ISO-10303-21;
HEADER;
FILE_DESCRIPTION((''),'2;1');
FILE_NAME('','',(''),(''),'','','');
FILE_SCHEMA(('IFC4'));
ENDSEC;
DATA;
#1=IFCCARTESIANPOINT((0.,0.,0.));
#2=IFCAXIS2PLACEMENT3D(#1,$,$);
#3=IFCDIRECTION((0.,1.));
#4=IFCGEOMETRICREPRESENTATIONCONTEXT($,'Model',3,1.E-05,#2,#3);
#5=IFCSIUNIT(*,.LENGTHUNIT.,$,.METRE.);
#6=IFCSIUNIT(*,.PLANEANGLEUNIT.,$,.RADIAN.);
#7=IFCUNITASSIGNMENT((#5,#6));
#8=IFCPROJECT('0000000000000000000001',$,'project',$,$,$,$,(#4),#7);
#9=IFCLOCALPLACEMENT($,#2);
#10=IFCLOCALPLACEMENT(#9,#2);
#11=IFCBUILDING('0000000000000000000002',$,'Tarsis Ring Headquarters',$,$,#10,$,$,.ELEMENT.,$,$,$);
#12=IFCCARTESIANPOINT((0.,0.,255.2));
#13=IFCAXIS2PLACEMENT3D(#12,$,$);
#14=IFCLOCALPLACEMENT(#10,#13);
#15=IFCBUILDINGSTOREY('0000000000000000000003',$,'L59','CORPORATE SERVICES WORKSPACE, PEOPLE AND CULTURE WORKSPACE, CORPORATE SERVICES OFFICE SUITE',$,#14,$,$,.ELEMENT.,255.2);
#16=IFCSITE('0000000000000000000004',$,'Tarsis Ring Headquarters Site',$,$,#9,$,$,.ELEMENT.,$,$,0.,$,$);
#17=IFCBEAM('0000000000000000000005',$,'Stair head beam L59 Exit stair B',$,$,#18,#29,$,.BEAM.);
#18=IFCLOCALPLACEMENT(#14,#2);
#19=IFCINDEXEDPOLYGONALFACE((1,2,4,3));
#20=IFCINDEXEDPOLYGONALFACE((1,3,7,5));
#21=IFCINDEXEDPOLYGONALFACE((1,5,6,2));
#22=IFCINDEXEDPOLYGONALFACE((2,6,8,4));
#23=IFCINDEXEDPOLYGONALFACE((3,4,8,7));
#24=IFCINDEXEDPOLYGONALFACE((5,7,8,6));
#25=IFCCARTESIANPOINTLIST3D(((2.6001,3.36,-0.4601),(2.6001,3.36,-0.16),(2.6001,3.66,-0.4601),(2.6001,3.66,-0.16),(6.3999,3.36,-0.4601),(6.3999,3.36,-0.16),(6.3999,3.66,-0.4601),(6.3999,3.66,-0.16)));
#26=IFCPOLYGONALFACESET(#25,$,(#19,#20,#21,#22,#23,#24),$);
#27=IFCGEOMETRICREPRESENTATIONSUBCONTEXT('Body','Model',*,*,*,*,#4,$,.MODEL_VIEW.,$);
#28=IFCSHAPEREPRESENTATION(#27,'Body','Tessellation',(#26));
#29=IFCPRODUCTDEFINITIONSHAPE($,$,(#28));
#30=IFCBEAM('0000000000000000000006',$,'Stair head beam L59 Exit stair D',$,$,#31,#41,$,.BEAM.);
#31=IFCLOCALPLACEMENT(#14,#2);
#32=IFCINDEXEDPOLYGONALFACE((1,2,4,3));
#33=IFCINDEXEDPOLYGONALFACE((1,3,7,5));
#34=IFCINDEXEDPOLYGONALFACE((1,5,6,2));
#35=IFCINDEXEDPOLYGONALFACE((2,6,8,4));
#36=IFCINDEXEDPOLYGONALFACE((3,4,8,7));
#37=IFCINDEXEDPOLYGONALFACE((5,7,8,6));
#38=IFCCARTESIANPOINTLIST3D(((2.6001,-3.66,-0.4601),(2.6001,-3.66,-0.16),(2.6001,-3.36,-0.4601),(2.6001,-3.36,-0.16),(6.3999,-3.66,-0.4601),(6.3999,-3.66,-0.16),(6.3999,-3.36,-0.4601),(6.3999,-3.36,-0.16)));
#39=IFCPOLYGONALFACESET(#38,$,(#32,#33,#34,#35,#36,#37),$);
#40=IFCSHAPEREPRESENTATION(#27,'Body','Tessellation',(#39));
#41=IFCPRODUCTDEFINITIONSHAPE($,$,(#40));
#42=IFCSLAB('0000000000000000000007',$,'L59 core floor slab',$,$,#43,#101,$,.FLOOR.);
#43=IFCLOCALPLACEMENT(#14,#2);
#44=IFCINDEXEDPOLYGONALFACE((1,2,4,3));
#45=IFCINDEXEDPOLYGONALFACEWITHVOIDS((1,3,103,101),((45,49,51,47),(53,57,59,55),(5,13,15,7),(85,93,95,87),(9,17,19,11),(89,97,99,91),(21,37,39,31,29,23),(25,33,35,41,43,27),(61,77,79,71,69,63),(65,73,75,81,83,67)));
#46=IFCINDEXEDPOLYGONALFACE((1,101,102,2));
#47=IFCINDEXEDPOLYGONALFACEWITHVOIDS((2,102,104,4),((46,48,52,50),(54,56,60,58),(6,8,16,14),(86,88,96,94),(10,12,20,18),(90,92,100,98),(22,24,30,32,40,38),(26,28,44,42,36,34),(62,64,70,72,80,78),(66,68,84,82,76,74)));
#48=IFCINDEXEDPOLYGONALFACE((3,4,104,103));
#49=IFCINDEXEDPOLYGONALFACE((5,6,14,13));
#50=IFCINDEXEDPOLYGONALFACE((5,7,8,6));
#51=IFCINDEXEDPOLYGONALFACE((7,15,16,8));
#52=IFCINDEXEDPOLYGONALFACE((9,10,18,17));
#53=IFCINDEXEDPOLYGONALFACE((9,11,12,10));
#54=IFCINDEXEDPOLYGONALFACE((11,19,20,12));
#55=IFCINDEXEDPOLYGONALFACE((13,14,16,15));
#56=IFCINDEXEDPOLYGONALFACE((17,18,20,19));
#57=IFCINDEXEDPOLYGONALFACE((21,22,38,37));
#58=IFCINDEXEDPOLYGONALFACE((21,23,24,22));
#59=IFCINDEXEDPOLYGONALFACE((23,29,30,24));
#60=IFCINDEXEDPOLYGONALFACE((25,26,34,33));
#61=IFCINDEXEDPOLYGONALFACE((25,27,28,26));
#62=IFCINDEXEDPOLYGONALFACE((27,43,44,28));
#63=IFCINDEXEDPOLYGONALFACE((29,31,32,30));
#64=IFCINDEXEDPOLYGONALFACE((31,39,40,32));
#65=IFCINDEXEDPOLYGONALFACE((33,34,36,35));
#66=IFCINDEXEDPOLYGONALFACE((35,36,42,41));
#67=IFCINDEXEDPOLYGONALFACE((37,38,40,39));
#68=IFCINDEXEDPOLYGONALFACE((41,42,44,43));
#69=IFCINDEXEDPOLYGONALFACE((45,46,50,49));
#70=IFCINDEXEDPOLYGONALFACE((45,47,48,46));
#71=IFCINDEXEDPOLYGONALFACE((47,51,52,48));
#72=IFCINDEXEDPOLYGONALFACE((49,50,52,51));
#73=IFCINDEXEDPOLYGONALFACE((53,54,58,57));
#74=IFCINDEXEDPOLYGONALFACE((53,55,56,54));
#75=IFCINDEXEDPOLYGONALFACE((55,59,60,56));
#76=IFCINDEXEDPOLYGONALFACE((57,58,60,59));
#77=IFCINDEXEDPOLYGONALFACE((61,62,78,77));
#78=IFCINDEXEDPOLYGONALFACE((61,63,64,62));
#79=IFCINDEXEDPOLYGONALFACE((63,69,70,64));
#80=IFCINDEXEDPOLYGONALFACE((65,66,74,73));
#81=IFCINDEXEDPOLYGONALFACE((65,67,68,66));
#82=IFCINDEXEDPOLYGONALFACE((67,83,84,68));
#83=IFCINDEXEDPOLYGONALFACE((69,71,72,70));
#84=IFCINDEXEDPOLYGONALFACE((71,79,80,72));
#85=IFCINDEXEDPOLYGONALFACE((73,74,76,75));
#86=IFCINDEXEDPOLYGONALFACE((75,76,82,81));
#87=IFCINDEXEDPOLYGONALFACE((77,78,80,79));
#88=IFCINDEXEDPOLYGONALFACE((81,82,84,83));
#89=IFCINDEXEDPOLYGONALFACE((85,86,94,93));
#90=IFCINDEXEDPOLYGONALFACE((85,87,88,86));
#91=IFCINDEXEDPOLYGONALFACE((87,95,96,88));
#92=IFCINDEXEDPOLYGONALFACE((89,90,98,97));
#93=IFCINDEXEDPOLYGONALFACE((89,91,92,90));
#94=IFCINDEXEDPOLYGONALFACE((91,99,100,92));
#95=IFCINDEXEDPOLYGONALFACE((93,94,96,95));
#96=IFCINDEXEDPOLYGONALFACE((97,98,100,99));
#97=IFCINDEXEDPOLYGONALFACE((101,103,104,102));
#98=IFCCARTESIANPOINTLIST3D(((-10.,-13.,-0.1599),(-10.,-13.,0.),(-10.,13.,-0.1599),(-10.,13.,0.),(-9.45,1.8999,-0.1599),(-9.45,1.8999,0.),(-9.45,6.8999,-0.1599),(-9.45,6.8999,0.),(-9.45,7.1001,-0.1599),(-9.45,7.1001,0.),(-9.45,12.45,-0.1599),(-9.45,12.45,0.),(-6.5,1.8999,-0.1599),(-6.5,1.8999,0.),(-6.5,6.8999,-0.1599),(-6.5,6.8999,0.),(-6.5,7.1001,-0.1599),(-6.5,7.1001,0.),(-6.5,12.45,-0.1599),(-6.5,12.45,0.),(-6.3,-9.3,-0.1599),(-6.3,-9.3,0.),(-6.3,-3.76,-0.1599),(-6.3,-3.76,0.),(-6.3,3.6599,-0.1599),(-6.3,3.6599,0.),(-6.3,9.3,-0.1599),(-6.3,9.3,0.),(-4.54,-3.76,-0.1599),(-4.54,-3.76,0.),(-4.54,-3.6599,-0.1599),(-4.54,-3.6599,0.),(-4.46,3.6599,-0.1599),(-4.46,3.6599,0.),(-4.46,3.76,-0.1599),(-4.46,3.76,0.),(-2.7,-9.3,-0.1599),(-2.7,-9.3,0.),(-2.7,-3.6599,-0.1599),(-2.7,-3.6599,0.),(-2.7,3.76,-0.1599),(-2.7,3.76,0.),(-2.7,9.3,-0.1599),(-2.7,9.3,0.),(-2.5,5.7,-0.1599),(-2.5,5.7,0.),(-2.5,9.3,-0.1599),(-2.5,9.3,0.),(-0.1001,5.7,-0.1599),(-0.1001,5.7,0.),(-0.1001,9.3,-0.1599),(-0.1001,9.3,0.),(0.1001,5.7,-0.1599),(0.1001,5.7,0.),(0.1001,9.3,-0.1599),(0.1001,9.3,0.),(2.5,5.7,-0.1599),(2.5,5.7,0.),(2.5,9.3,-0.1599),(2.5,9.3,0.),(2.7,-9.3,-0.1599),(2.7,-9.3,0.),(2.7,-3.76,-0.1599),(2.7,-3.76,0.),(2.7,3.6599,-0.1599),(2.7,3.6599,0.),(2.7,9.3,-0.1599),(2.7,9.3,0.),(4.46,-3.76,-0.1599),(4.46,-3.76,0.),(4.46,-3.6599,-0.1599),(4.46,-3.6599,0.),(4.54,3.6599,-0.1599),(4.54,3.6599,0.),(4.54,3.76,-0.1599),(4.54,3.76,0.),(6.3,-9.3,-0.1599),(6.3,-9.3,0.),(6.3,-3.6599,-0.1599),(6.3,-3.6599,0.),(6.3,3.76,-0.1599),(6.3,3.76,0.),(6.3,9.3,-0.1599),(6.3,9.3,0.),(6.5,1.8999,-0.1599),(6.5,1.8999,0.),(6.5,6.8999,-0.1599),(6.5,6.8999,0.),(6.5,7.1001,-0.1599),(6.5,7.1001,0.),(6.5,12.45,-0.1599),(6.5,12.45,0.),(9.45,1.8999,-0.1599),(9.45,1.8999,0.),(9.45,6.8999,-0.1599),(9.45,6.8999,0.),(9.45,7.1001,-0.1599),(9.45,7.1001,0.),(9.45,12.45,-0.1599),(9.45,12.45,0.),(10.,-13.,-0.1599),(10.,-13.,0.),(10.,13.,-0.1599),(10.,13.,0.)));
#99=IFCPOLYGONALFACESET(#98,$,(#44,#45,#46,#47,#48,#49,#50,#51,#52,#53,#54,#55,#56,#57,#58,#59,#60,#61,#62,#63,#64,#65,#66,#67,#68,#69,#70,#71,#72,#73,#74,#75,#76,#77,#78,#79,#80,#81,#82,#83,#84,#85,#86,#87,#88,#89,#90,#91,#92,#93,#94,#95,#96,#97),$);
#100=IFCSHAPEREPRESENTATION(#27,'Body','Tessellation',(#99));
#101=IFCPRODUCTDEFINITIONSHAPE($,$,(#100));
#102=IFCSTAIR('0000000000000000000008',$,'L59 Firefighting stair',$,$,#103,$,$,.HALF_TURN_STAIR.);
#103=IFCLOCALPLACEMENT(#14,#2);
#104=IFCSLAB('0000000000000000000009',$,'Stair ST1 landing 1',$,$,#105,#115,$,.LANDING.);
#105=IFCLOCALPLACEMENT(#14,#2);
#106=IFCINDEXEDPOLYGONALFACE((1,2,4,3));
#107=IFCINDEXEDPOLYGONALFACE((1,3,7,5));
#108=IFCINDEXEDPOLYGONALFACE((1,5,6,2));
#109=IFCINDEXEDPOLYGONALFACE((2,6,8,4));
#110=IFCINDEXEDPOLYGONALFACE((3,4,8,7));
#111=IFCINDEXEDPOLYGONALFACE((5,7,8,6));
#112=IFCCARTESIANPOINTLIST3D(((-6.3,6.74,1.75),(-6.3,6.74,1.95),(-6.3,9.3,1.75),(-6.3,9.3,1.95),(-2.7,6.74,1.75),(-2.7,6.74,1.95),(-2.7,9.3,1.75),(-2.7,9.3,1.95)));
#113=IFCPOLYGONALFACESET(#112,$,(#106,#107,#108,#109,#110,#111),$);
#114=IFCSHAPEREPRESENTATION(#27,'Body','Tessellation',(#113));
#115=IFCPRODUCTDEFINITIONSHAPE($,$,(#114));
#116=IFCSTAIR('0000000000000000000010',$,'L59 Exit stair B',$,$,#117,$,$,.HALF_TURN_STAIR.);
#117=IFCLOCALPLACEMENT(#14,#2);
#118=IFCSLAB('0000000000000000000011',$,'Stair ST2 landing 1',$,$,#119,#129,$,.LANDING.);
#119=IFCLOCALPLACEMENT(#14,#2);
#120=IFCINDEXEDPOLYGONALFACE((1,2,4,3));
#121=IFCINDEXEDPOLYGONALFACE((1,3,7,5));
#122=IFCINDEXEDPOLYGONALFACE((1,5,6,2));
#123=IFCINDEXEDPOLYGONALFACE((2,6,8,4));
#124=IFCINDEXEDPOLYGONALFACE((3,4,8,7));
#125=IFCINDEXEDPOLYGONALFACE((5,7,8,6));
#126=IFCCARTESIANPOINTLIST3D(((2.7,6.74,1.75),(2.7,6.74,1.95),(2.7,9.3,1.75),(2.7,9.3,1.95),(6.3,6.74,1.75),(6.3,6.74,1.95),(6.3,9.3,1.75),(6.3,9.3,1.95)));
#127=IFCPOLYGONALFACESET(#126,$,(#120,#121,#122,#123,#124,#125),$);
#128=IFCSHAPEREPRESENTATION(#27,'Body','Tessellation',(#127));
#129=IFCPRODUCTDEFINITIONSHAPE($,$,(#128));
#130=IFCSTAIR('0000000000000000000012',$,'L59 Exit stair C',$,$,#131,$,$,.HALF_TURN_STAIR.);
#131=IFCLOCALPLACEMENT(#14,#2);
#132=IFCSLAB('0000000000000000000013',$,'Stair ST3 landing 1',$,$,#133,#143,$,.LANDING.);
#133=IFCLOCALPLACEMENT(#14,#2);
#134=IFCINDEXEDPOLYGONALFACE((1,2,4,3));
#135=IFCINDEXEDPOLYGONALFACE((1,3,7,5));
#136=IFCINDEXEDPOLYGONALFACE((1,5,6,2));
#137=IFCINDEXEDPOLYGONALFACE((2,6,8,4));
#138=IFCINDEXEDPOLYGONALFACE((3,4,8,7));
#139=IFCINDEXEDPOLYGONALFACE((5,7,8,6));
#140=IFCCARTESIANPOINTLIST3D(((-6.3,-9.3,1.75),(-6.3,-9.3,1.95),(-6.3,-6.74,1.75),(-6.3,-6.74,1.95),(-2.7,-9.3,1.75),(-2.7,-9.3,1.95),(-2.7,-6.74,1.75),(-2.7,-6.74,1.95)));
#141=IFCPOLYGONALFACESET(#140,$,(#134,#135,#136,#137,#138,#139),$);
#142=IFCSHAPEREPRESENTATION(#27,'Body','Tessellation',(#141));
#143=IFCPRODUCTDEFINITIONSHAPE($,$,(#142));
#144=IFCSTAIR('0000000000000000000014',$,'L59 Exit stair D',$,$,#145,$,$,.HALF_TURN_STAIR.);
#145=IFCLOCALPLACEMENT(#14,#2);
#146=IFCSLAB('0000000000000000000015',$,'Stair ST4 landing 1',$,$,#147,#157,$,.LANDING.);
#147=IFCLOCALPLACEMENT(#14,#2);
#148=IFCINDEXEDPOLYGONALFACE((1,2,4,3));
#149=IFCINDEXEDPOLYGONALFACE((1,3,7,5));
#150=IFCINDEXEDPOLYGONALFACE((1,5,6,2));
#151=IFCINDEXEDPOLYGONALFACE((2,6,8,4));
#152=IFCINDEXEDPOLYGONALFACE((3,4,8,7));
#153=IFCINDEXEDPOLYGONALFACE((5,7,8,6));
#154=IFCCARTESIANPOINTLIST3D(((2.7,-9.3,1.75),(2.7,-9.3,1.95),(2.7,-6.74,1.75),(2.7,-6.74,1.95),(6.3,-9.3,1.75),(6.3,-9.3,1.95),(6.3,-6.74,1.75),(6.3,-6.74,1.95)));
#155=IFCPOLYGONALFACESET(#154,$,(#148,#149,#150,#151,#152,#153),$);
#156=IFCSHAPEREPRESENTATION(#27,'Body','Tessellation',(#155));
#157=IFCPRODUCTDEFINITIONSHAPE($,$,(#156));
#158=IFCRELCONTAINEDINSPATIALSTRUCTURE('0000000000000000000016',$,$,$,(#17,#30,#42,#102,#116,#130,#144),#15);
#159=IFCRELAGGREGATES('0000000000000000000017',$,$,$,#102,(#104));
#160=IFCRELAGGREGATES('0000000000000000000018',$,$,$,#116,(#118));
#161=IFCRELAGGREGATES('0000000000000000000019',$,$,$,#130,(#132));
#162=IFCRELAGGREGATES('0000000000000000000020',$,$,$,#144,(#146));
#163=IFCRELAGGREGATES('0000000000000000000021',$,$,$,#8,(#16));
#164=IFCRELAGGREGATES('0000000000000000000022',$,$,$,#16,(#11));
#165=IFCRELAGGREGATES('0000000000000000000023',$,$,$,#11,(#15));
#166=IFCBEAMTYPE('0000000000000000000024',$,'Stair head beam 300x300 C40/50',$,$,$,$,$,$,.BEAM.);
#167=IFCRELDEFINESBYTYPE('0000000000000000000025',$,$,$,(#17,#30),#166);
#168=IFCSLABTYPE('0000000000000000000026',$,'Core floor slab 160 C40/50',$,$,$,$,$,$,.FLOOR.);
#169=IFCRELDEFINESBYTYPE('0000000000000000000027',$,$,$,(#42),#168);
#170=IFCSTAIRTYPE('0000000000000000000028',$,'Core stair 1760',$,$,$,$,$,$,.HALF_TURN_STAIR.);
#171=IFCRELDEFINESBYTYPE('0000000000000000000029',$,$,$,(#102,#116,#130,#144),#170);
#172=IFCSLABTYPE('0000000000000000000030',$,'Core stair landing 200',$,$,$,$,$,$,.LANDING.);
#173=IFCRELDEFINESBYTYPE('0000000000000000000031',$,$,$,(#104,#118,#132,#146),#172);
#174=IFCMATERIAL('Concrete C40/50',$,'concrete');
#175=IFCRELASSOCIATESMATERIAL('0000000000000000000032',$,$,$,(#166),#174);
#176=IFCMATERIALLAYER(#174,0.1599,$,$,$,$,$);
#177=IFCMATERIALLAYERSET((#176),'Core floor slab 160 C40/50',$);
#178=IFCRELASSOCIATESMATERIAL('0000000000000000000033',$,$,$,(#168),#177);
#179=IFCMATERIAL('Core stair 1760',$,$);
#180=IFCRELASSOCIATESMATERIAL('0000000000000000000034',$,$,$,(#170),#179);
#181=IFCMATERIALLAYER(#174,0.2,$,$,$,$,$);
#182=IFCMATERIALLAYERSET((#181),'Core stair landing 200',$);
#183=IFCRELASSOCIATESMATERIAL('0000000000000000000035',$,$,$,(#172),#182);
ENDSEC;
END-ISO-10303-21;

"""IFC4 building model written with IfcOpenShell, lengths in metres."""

from ifc_helpers import new_model, si_unit, direction, frame, origin, origin_2d, place, context, subcontext, project, spatial, polyline, rectangle, outline, extrude, material, layer, layer_set, material_profile, profile_set, type_object, element, aggregate, save


model = new_model("IFC4")

# Units and contexts
model_context = context("Model", 3, precision=1e-05, world=origin(), true_north=direction((0.0, 1.0)))
body_context = subcontext(model_context, "Body", "Model", "MODEL_VIEW")
ifc_project = project(units=[si_unit("LENGTHUNIT", "METRE"), si_unit("PLANEANGLEUNIT", "RADIAN")], contexts=[model_context])

# Site, building, storey
site_placement = place(None, origin())
site = spatial("IfcSite", under=ifc_project, at=site_placement, Name="Tarsis Ring Headquarters Site", CompositionType="ELEMENT", RefElevation=0.0)
building_placement = place(site_placement, origin())
building = spatial("IfcBuilding", under=site, at=building_placement, Name="Tarsis Ring Headquarters", CompositionType="ELEMENT")
storey_placement = place(building_placement, frame((0.0, 0.0, 255.2)))
storey = spatial("IfcBuildingStorey", under=building, at=storey_placement, Name="L59", Description="CORPORATE SERVICES WORKSPACE, PEOPLE AND CULTURE WORKSPACE, CORPORATE SERVICES OFFICE SUITE", CompositionType="ELEMENT", Elevation=255.2)

# Beams
ifc_material_1 = material(Name="Concrete C40/50", Category="concrete")
ifc_material_profile = material_profile(ifc_material_1, rectangle(XDim=0.3, YDim=0.3, at=origin_2d()), Name="Stair head beam 300x300 C40/50")
ifc_profile_set = profile_set([ifc_material_profile], Name="Concrete C40/50")
beam_type = type_object("IfcBeamType", Name="Stair head beam 300x300 C40/50", PredefinedType="BEAM", material=ifc_profile_set)
for number, where, z_axis, x_axis, name in (
    (1, (2.6001, 3.51, -0.3101), (1.0, 0.0, 0.0), (0.0, 1.0, 0.0), "Stair head beam L59 Exit stair B"),
    (2, (2.6001, -3.51, -0.3101), (1.0, 0.0, 0.0), (0.0, 1.0, 0.0), "Stair head beam L59 Exit stair D"),
):
    element("IfcBeam", number, at=place(storey_placement, frame(where, z_axis=z_axis, x_axis=x_axis)), inside=storey, type_object=beam_type, Name=name, PredefinedType="BEAM", context=body_context, shape_type="SweptSolid", body=[
        extrude(rectangle(XDim=0.3, YDim=0.3, at=origin_2d()), origin(), (0.0, 0.0, 1.0), 3.7998),
    ])

# Slab
ifc_layer_1 = layer(ifc_material_1, 0.1599)
ifc_layer_set_1 = layer_set([ifc_layer_1], Name="Core floor slab 160 C40/50")
slab_type_1 = type_object("IfcSlabType", Name="Core floor slab 160 C40/50", PredefinedType="FLOOR", material=ifc_layer_set_1)
slab_1_placement = place(storey_placement, frame((0.0, 0.0, -0.1599)))
element("IfcSlab", 3, at=slab_1_placement, inside=storey, type_object=slab_type_1, Name="L59 core floor slab", PredefinedType="FLOOR", context=body_context, shape_type="SweptSolid", body=[
    extrude(outline(polyline([(-10.0, -13.0), (10.0, -13.0), (10.0, 13.0), (-10.0, 13.0), (-10.0, -13.0)]), holes=[polyline([(-2.5, 5.7), (-0.1001, 5.7), (-0.1001, 9.3), (-2.5, 9.3), (-2.5, 5.7)]), polyline([(0.1001, 5.7), (2.5, 5.7), (2.5, 9.3), (0.1001, 9.3), (0.1001, 5.7)]), polyline([(-9.45, 1.8999), (-6.5, 1.8999), (-6.5, 6.8999), (-9.45, 6.8999), (-9.45, 1.8999)]), polyline([(-9.45, 7.1001), (-6.5, 7.1001), (-6.5, 12.45), (-9.45, 12.45), (-9.45, 7.1001)]), polyline([(6.5, 1.8999), (9.45, 1.8999), (9.45, 6.8999), (6.5, 6.8999), (6.5, 1.8999)]), polyline([(6.5, 7.1001), (9.45, 7.1001), (9.45, 12.45), (6.5, 12.45), (6.5, 7.1001)]), polyline([(-2.7, 3.76), (-2.7, 9.3), (-6.3, 9.3), (-6.3, 3.6599), (-4.46, 3.6599), (-4.46, 3.76), (-2.7, 3.76)]), polyline([(6.3, 3.76), (6.3, 9.3), (2.7, 9.3), (2.7, 3.6599), (4.54, 3.6599), (4.54, 3.76), (6.3, 3.76)]), polyline([(-6.3, -3.76), (-6.3, -9.3), (-2.7, -9.3), (-2.7, -3.6599), (-4.54, -3.6599), (-4.54, -3.76), (-6.3, -3.76)]), polyline([(2.7, -3.76), (2.7, -9.3), (6.3, -9.3), (6.3, -3.6599), (4.46, -3.6599), (4.46, -3.76), (2.7, -3.76)])]), origin(), (0.0, 0.0, 1.0), 0.1599),
])

# Stairs, slabs
ifc_material_2 = material(Name="Core stair 1760")
stair_type = type_object("IfcStairType", Name="Core stair 1760", PredefinedType="HALF_TURN_STAIR", material=ifc_material_2)
stair_1_placement = place(storey_placement, origin())
stair_1 = element("IfcStair", 4, at=stair_1_placement, inside=storey, type_object=stair_type, Name="L59 Firefighting stair", PredefinedType="HALF_TURN_STAIR")
ifc_layer_2 = layer(ifc_material_1, 0.2)
ifc_layer_set_2 = layer_set([ifc_layer_2], Name="Core stair landing 200")
slab_type_2 = type_object("IfcSlabType", Name="Core stair landing 200", PredefinedType="LANDING", material=ifc_layer_set_2)
slab_2_placement = place(storey_placement, frame((0.0, 0.0, 1.75)))
slab_2 = element("IfcSlab", 5, at=slab_2_placement, type_object=slab_type_2, Name="Stair ST1 landing 1", PredefinedType="LANDING", context=body_context, shape_type="SweptSolid", body=[
    extrude(outline(polyline([(-2.7, 6.74), (-2.7, 9.3), (-6.3, 9.3), (-6.3, 6.74), (-2.7, 6.74)])), origin(), (0.0, 0.0, 1.0), 0.2),
])
aggregate(stair_1, [slab_2])
stair_2_placement = place(storey_placement, origin())
stair_2 = element("IfcStair", 6, at=stair_2_placement, inside=storey, type_object=stair_type, Name="L59 Exit stair B", PredefinedType="HALF_TURN_STAIR")
slab_3_placement = place(storey_placement, frame((0.0, 0.0, 1.75)))
slab_3 = element("IfcSlab", 7, at=slab_3_placement, type_object=slab_type_2, Name="Stair ST2 landing 1", PredefinedType="LANDING", context=body_context, shape_type="SweptSolid", body=[
    extrude(outline(polyline([(6.3, 6.74), (6.3, 9.3), (2.7, 9.3), (2.7, 6.74), (6.3, 6.74)])), origin(), (0.0, 0.0, 1.0), 0.2),
])
aggregate(stair_2, [slab_3])
stair_3_placement = place(storey_placement, origin())
stair_3 = element("IfcStair", 8, at=stair_3_placement, inside=storey, type_object=stair_type, Name="L59 Exit stair C", PredefinedType="HALF_TURN_STAIR")
slab_4_placement = place(storey_placement, frame((0.0, 0.0, 1.75)))
slab_4 = element("IfcSlab", 9, at=slab_4_placement, type_object=slab_type_2, Name="Stair ST3 landing 1", PredefinedType="LANDING", context=body_context, shape_type="SweptSolid", body=[
    extrude(outline(polyline([(-6.3, -6.74), (-6.3, -9.3), (-2.7, -9.3), (-2.7, -6.74), (-6.3, -6.74)])), origin(), (0.0, 0.0, 1.0), 0.2),
])
aggregate(stair_3, [slab_4])
stair_4_placement = place(storey_placement, origin())
stair_4 = element("IfcStair", 10, at=stair_4_placement, inside=storey, type_object=stair_type, Name="L59 Exit stair D", PredefinedType="HALF_TURN_STAIR")
slab_5_placement = place(storey_placement, frame((0.0, 0.0, 1.75)))
slab_5 = element("IfcSlab", 11, at=slab_5_placement, type_object=slab_type_2, Name="Stair ST4 landing 1", PredefinedType="LANDING", context=body_context, shape_type="SweptSolid", body=[
    extrude(outline(polyline([(2.7, -6.74), (2.7, -9.3), (6.3, -9.3), (6.3, -6.74), (2.7, -6.74)])), origin(), (0.0, 0.0, 1.0), 0.2),
])
aggregate(stair_4, [slab_5])

save(model, "model.ifc")
